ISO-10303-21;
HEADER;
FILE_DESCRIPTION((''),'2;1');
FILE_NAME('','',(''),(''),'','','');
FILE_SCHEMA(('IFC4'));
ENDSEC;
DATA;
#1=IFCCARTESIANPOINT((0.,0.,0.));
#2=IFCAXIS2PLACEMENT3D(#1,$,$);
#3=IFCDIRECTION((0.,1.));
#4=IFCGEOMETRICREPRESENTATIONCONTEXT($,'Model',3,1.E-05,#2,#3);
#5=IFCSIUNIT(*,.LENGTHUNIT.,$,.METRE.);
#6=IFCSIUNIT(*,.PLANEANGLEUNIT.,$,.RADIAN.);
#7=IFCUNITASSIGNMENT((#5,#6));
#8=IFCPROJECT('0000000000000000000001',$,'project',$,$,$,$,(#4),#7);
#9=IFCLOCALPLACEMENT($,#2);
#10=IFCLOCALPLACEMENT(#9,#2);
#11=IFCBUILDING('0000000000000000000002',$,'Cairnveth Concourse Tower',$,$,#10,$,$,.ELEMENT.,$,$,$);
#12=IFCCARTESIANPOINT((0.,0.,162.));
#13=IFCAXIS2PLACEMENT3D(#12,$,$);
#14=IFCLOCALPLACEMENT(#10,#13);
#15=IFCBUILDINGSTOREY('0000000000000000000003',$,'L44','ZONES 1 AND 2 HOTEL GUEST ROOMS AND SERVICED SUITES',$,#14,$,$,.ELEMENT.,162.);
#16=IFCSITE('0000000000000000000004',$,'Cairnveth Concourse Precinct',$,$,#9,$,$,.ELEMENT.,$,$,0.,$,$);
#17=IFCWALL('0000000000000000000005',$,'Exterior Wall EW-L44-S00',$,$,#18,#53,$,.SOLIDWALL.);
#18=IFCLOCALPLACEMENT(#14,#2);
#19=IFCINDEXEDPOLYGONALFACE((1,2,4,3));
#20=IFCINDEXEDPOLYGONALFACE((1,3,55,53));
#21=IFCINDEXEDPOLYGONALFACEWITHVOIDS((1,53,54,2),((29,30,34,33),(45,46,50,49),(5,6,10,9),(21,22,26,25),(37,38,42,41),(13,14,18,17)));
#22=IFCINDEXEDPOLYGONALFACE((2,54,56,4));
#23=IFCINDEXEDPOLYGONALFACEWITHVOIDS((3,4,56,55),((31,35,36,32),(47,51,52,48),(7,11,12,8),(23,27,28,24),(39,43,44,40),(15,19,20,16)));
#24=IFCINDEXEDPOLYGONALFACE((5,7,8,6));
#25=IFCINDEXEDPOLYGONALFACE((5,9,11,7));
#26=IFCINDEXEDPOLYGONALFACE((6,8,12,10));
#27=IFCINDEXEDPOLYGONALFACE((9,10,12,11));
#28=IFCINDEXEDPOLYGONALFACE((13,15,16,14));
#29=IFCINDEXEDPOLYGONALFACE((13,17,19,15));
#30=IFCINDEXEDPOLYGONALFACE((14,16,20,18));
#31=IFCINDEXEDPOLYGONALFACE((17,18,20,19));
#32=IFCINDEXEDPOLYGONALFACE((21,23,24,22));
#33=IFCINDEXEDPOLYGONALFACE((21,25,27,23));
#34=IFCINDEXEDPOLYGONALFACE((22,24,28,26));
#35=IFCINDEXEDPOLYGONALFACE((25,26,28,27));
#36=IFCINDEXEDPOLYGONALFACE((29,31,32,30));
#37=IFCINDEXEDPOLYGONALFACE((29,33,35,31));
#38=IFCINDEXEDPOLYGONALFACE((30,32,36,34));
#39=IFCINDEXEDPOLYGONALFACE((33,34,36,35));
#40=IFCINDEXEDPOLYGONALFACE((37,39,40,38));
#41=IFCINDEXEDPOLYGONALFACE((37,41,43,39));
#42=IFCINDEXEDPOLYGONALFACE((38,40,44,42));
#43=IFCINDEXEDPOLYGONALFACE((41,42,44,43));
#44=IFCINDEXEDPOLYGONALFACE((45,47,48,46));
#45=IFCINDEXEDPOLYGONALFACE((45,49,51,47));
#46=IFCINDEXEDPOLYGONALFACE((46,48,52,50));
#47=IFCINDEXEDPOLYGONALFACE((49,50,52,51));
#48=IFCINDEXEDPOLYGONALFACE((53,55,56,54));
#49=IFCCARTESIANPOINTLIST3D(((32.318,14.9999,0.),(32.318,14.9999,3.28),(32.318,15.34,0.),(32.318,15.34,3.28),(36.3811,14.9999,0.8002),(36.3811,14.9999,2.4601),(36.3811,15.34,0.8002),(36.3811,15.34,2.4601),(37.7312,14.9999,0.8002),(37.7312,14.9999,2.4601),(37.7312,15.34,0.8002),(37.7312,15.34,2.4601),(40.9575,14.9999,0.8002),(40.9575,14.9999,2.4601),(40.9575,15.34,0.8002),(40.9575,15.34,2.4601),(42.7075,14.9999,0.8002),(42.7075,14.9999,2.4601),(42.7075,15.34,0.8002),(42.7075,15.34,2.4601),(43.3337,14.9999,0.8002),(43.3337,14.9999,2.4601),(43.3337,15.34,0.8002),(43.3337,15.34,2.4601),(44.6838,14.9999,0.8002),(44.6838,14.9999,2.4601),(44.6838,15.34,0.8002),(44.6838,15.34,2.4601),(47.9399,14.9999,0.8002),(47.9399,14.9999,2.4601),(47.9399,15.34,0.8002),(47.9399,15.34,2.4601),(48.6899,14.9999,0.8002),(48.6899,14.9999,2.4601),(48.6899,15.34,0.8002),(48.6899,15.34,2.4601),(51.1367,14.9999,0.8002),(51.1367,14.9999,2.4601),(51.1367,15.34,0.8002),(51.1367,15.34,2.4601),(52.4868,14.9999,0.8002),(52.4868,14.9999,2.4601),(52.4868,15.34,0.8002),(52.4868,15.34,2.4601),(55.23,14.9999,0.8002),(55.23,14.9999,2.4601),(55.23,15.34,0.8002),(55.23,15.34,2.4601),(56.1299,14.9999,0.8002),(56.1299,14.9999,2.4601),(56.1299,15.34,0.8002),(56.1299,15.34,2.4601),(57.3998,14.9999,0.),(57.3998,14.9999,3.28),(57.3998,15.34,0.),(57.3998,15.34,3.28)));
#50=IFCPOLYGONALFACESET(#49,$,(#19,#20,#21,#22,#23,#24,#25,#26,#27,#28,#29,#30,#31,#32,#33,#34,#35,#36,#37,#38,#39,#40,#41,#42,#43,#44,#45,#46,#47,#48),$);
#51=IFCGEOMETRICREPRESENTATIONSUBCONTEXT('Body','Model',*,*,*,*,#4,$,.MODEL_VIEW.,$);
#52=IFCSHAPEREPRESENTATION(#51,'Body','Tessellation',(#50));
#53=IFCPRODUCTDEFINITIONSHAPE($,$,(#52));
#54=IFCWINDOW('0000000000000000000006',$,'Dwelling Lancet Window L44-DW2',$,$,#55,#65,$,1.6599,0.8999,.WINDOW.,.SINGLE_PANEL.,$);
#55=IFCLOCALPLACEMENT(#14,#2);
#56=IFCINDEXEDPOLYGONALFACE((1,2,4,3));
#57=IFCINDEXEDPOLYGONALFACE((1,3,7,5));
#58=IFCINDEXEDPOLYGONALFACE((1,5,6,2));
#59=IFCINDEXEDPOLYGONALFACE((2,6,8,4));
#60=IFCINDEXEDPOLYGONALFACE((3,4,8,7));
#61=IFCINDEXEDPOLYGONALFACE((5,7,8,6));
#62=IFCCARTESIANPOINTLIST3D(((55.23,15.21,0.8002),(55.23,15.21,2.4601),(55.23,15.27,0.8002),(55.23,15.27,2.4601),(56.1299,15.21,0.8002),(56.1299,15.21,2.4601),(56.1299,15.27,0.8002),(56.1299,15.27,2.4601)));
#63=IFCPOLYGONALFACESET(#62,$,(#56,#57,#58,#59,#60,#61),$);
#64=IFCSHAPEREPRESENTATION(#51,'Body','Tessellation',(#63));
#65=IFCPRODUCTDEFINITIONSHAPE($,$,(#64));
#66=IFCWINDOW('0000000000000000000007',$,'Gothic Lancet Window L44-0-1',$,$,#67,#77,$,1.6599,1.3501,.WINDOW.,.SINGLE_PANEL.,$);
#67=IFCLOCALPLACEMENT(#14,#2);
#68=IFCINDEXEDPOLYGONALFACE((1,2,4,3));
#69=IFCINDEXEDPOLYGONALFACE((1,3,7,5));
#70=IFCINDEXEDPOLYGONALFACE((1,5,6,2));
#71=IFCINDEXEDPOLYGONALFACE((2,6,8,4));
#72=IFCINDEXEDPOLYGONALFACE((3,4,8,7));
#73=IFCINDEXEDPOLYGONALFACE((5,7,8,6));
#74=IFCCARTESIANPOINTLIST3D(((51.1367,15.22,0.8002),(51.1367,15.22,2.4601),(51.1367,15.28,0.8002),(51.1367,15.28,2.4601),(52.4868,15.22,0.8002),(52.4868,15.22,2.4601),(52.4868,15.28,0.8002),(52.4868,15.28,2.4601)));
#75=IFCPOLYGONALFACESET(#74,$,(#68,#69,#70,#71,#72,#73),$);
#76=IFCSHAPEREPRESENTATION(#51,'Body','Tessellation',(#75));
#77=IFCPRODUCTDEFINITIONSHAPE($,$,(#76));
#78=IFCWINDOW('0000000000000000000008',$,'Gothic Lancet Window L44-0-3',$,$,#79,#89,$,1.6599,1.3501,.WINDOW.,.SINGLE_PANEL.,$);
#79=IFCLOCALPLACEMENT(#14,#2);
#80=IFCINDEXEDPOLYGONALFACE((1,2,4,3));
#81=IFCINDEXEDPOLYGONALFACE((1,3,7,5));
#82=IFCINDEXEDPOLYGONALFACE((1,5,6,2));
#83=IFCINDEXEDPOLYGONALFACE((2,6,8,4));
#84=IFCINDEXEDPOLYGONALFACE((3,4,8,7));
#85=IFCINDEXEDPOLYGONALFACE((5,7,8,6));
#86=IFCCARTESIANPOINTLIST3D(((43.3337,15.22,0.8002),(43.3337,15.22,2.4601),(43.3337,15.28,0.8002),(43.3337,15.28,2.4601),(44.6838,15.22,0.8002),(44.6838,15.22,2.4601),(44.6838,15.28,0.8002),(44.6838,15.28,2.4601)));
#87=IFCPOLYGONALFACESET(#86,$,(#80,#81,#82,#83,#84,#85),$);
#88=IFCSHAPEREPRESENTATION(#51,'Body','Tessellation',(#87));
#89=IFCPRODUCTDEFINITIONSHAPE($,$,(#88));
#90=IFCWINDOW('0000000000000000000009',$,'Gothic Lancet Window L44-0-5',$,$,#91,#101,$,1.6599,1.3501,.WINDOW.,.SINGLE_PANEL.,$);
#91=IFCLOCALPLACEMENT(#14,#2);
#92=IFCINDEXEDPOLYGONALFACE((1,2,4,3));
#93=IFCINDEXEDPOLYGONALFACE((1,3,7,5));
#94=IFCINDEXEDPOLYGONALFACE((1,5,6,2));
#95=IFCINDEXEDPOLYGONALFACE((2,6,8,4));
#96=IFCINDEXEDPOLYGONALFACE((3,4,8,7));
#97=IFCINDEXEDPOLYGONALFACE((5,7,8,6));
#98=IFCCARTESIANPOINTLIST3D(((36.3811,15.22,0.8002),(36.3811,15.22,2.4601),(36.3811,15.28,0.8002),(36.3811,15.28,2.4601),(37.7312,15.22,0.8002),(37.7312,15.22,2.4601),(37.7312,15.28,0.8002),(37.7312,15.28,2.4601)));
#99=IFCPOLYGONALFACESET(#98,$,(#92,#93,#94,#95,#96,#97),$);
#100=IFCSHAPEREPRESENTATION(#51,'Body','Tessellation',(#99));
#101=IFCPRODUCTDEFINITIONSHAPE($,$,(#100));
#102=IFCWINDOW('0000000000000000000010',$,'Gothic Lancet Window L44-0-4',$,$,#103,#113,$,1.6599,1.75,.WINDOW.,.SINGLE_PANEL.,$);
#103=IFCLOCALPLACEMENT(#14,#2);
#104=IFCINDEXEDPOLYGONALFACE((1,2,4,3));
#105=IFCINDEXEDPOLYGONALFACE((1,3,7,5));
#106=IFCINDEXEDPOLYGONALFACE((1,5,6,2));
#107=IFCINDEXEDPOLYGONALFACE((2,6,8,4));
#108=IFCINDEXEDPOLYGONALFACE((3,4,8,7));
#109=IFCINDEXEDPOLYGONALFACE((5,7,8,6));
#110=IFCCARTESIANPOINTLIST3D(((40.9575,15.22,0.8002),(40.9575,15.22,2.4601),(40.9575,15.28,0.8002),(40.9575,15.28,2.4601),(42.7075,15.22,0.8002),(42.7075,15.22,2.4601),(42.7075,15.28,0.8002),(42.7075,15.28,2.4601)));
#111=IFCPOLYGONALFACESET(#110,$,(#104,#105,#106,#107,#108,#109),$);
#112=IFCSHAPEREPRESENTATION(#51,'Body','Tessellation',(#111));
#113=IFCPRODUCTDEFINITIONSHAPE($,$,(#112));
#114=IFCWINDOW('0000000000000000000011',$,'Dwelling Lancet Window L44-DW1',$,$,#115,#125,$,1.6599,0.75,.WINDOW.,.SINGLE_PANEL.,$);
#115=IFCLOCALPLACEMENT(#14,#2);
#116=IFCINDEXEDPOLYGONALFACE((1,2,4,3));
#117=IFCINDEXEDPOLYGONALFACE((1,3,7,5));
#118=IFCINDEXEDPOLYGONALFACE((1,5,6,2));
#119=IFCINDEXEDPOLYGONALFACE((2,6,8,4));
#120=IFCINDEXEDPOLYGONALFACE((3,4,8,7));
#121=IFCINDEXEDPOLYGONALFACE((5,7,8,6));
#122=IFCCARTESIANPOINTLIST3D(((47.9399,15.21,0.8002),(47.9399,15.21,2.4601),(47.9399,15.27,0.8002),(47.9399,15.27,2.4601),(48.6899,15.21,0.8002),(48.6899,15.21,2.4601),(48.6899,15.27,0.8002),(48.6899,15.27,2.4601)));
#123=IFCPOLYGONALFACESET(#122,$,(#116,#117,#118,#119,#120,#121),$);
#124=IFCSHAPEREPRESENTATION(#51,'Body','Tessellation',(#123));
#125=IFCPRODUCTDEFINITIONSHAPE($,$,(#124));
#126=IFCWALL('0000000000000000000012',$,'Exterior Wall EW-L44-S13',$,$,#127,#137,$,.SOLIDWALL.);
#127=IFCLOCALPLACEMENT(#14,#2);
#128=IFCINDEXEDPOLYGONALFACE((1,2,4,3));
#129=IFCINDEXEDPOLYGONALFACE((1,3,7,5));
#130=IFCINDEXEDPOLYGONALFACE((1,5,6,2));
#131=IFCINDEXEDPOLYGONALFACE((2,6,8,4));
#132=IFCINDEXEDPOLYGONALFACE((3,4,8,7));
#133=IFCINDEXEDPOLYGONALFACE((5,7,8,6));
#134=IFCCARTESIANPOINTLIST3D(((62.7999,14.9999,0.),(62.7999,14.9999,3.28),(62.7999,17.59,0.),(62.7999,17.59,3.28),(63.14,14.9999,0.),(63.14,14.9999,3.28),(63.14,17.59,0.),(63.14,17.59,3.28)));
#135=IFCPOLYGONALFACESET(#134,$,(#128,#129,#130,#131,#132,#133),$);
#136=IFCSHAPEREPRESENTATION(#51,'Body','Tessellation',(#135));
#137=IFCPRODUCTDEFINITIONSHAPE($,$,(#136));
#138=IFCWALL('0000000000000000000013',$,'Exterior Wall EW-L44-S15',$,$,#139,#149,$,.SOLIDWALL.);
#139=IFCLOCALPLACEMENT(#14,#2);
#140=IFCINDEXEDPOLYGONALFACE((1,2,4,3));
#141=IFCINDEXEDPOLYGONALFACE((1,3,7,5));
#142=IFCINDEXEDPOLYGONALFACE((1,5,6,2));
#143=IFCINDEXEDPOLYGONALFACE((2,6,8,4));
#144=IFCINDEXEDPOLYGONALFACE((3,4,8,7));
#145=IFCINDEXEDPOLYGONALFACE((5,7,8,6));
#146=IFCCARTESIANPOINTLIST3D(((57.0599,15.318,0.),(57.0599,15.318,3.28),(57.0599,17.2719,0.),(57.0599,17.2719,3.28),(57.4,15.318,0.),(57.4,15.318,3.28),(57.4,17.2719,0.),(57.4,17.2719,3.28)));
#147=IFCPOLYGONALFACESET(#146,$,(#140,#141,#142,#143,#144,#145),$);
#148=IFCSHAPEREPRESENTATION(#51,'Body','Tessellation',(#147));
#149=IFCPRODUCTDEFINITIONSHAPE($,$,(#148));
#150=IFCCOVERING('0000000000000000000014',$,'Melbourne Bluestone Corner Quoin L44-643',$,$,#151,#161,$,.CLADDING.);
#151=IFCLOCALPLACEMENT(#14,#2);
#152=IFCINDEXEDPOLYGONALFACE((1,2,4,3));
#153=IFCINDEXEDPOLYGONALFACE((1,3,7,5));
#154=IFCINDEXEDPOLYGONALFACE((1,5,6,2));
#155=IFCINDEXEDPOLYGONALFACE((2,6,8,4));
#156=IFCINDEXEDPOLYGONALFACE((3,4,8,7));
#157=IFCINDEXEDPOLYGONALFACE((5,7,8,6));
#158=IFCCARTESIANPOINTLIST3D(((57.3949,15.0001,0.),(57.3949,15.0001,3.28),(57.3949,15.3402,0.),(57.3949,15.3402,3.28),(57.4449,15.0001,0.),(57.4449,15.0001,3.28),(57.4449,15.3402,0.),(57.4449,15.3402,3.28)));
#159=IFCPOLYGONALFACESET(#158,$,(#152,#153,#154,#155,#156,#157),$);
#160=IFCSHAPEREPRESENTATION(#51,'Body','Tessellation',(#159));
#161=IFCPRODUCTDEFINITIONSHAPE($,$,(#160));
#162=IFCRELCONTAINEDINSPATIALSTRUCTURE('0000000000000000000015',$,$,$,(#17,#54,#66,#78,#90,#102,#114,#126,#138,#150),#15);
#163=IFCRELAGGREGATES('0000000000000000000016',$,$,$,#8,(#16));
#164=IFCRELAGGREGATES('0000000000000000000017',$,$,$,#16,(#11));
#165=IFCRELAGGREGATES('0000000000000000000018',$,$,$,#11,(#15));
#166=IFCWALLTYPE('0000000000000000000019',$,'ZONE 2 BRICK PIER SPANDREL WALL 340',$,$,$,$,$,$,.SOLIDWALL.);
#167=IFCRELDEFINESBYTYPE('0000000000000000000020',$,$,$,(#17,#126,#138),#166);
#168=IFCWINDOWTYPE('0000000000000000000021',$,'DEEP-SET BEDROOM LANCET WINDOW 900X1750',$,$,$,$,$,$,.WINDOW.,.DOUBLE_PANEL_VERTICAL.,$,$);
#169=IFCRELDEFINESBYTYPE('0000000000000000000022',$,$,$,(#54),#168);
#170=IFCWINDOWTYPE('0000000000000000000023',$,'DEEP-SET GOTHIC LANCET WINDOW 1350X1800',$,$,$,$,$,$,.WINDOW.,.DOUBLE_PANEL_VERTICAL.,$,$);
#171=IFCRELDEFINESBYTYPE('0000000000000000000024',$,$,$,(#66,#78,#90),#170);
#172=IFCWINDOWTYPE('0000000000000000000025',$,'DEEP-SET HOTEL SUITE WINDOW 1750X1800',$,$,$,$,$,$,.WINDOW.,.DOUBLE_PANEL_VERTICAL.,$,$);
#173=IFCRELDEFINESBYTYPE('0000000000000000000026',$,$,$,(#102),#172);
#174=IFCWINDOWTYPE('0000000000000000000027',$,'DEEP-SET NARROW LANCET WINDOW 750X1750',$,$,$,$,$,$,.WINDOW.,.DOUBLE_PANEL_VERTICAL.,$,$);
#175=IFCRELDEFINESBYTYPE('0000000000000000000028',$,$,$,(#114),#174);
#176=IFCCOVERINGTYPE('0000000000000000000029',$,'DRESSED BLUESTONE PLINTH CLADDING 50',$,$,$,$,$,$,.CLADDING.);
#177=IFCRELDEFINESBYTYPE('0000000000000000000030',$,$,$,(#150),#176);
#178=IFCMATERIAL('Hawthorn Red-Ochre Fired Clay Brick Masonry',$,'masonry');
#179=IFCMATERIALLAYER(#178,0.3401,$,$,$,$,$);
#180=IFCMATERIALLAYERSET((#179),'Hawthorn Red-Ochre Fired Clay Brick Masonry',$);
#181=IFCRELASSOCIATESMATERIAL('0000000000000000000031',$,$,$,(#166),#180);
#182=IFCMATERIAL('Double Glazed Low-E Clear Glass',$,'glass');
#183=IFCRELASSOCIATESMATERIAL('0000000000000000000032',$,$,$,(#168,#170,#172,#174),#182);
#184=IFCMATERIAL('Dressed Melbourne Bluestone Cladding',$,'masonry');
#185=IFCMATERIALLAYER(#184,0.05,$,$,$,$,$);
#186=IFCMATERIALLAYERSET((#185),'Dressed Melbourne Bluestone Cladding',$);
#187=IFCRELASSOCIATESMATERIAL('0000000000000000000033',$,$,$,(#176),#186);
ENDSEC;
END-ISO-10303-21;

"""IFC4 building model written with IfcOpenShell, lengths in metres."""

from ifc_helpers import new_model, si_unit, direction, frame, frame_2d, origin, place, context, subcontext, project, spatial, rectangle, extrude, material, layer, layer_set, type_object, element, fill, save


model = new_model("IFC4")

# Units and contexts
model_context = context("Model", 3, precision=1e-05, world=origin(), true_north=direction((0.0, 1.0)))
body_context = subcontext(model_context, "Body", "Model", "MODEL_VIEW")
ifc_project = project(units=[si_unit("LENGTHUNIT", "METRE"), si_unit("PLANEANGLEUNIT", "RADIAN")], contexts=[model_context])

# Site, building, storey
site_placement = place(None, origin())
site = spatial("IfcSite", under=ifc_project, at=site_placement, Name="Cairnveth Concourse Precinct", CompositionType="ELEMENT", RefElevation=0.0)
building_placement = place(site_placement, origin())
building = spatial("IfcBuilding", under=site, at=building_placement, Name="Cairnveth Concourse Tower", CompositionType="ELEMENT")
storey_placement = place(building_placement, frame((0.0, 0.0, 162.0)))
storey = spatial("IfcBuildingStorey", under=building, at=storey_placement, Name="L44", Description="ZONES 1 AND 2 HOTEL GUEST ROOMS AND SERVICED SUITES", CompositionType="ELEMENT", Elevation=162.0)

# Shared definitions
ifc_material_1 = material(Name="Dressed Melbourne Bluestone Cladding", Category="masonry")

# Wall, openings, windows
ifc_material_2 = material(Name="Hawthorn Red-Ochre Fired Clay Brick Masonry", Category="masonry")
ifc_layer_1 = layer(ifc_material_2, 0.3401)
ifc_layer_set_1 = layer_set([ifc_layer_1], Name="Hawthorn Red-Ochre Fired Clay Brick Masonry")
wall_type_1 = type_object("IfcWallType", Name="ZONE 2 BRICK PIER SPANDREL WALL 340", PredefinedType="SOLIDWALL", material=ifc_layer_set_1)
wall_1_placement = place(storey_placement, frame((57.3999, 15.1699, 0.0), z_axis=(0.0, 0.0, 1.0), x_axis=(-1.0, 0.0, 0.0)))
wall_1 = element("IfcWall", 1, at=wall_1_placement, inside=storey, type_object=wall_type_1, Name="Exterior Wall EW-L44-S00", PredefinedType="SOLIDWALL", context=body_context, shape_type="SweptSolid", body=[
    extrude(rectangle(XDim=25.0818, YDim=0.3401, at=frame_2d((12.541, 0.0))), origin(), (0.0, 0.0, 1.0), 3.28),
])
opening_1_placement = place(wall_1_placement, frame((4.9131, 0.0, 0.8)))
opening_1 = element("IfcOpeningElement", 2, at=opening_1_placement, cuts=wall_1, PredefinedType="OPENING", context=body_context, shape_type="SweptSolid", body=[
    extrude(rectangle(XDim=1.3501, YDim=1.6599, at=frame_2d((0.675, 0.8301))), frame((0.0, 0.1799, 0.0), z_axis=(0.0, -1.0, 0.0), x_axis=(1.0, 0.0, 0.0)), (0.0, 0.0, 1.0), 0.3601),
])
opening_2_placement = place(wall_1_placement, frame((12.7161, 0.0, 0.8)))
opening_2 = element("IfcOpeningElement", 3, at=opening_2_placement, cuts=wall_1, PredefinedType="OPENING", context=body_context, shape_type="SweptSolid", body=[
    extrude(rectangle(XDim=1.3501, YDim=1.6599, at=frame_2d((0.675, 0.8301))), frame((0.0, 0.1799, 0.0), z_axis=(0.0, -1.0, 0.0), x_axis=(1.0, 0.0, 0.0)), (0.0, 0.0, 1.0), 0.3601),
])
opening_3_placement = place(wall_1_placement, frame((14.6924, 0.0, 0.8)))
opening_3 = element("IfcOpeningElement", 4, at=opening_3_placement, cuts=wall_1, PredefinedType="OPENING", context=body_context, shape_type="SweptSolid", body=[
    extrude(rectangle(XDim=1.75, YDim=1.6599, at=frame_2d((0.875, 0.8301))), frame((0.0, 0.1799, 0.0), z_axis=(0.0, -1.0, 0.0), x_axis=(1.0, 0.0, 0.0)), (0.0, 0.0, 1.0), 0.3601),
])
opening_4_placement = place(wall_1_placement, frame((19.6687, 0.0, 0.8)))
opening_4 = element("IfcOpeningElement", 5, at=opening_4_placement, cuts=wall_1, PredefinedType="OPENING", context=body_context, shape_type="SweptSolid", body=[
    extrude(rectangle(XDim=1.3501, YDim=1.6599, at=frame_2d((0.675, 0.8301))), frame((0.0, 0.1799, 0.0), z_axis=(0.0, -1.0, 0.0), x_axis=(1.0, 0.0, 0.0)), (0.0, 0.0, 1.0), 0.3601),
])
opening_5_placement = place(wall_1_placement, frame((8.71, 0.0, 0.8)))
opening_5 = element("IfcOpeningElement", 6, at=opening_5_placement, cuts=wall_1, PredefinedType="OPENING", context=body_context, shape_type="SweptSolid", body=[
    extrude(rectangle(XDim=0.75, YDim=1.6599, at=frame_2d((0.375, 0.8301))), frame((0.0, 0.1799, 0.0), z_axis=(0.0, -1.0, 0.0), x_axis=(1.0, 0.0, 0.0)), (0.0, 0.0, 1.0), 0.3601),
])
opening_6_placement = place(wall_1_placement, frame((1.27, 0.0, 0.8)))
opening_6 = element("IfcOpeningElement", 7, at=opening_6_placement, cuts=wall_1, PredefinedType="OPENING", context=body_context, shape_type="SweptSolid", body=[
    extrude(rectangle(XDim=0.8999, YDim=1.6599, at=frame_2d((0.45, 0.8301))), frame((0.0, 0.1799, 0.0), z_axis=(0.0, -1.0, 0.0), x_axis=(1.0, 0.0, 0.0)), (0.0, 0.0, 1.0), 0.3601),
])
ifc_material_3 = material(Name="Double Glazed Low-E Clear Glass", Category="glass")
window_type_1 = type_object("IfcWindowType", Name="DEEP-SET BEDROOM LANCET WINDOW 900X1750", PartitioningType="DOUBLE_PANEL_VERTICAL", PredefinedType="WINDOW", material=ifc_material_3)
window_1_placement = place(opening_6_placement, origin())
window_1 = element("IfcWindow", 8, at=window_1_placement, inside=storey, type_object=window_type_1, Name="Dwelling Lancet Window L44-DW2", OverallHeight=1.6599, OverallWidth=0.8999, PartitioningType="SINGLE_PANEL", PredefinedType="WINDOW", context=body_context, shape_type="SweptSolid", body=[
    extrude(rectangle(XDim=0.8999, YDim=1.6599, at=frame_2d((0.45, 0.8301))), frame((0.0, -0.04, 0.0), z_axis=(0.0, -1.0, 0.0), x_axis=(1.0, 0.0, 0.0)), (0.0, 0.0, 1.0), 0.0601),
])
fill(opening_6, window_1)
window_type_2 = type_object("IfcWindowType", Name="DEEP-SET GOTHIC LANCET WINDOW 1350X1800", PartitioningType="DOUBLE_PANEL_VERTICAL", PredefinedType="WINDOW", material=ifc_material_3)
window_2_placement = place(opening_1_placement, origin())
window_2 = element("IfcWindow", 9, at=window_2_placement, inside=storey, type_object=window_type_2, Name="Gothic Lancet Window L44-0-1", OverallHeight=1.6599, OverallWidth=1.3501, PartitioningType="SINGLE_PANEL", PredefinedType="WINDOW", context=body_context, shape_type="SweptSolid", body=[
    extrude(rectangle(XDim=1.3501, YDim=1.6599, at=frame_2d((0.675, 0.8301))), frame((0.0, -0.05, 0.0), z_axis=(0.0, -1.0, 0.0), x_axis=(1.0, 0.0, 0.0)), (0.0, 0.0, 1.0), 0.0601),
])
fill(opening_1, window_2)
window_3_placement = place(opening_2_placement, origin())
window_3 = element("IfcWindow", 10, at=window_3_placement, inside=storey, type_object=window_type_2, Name="Gothic Lancet Window L44-0-3", OverallHeight=1.6599, OverallWidth=1.3501, PartitioningType="SINGLE_PANEL", PredefinedType="WINDOW", context=body_context, shape_type="SweptSolid", body=[
    extrude(rectangle(XDim=1.3501, YDim=1.6599, at=frame_2d((0.675, 0.8301))), frame((0.0, -0.05, 0.0), z_axis=(0.0, -1.0, 0.0), x_axis=(1.0, 0.0, 0.0)), (0.0, 0.0, 1.0), 0.0601),
])
fill(opening_2, window_3)
window_4_placement = place(opening_4_placement, origin())
window_4 = element("IfcWindow", 11, at=window_4_placement, inside=storey, type_object=window_type_2, Name="Gothic Lancet Window L44-0-5", OverallHeight=1.6599, OverallWidth=1.3501, PartitioningType="SINGLE_PANEL", PredefinedType="WINDOW", context=body_context, shape_type="SweptSolid", body=[
    extrude(rectangle(XDim=1.3501, YDim=1.6599, at=frame_2d((0.675, 0.8301))), frame((0.0, -0.05, 0.0), z_axis=(0.0, -1.0, 0.0), x_axis=(1.0, 0.0, 0.0)), (0.0, 0.0, 1.0), 0.0601),
])
fill(opening_4, window_4)
window_type_3 = type_object("IfcWindowType", Name="DEEP-SET HOTEL SUITE WINDOW 1750X1800", PartitioningType="DOUBLE_PANEL_VERTICAL", PredefinedType="WINDOW", material=ifc_material_3)
window_5_placement = place(opening_3_placement, origin())
window_5 = element("IfcWindow", 12, at=window_5_placement, inside=storey, type_object=window_type_3, Name="Gothic Lancet Window L44-0-4", OverallHeight=1.6599, OverallWidth=1.75, PartitioningType="SINGLE_PANEL", PredefinedType="WINDOW", context=body_context, shape_type="SweptSolid", body=[
    extrude(rectangle(XDim=1.75, YDim=1.6599, at=frame_2d((0.875, 0.8301))), frame((0.0, -0.05, 0.0), z_axis=(0.0, -1.0, 0.0), x_axis=(1.0, 0.0, 0.0)), (0.0, 0.0, 1.0), 0.0601),
])
fill(opening_3, window_5)
window_type_4 = type_object("IfcWindowType", Name="DEEP-SET NARROW LANCET WINDOW 750X1750", PartitioningType="DOUBLE_PANEL_VERTICAL", PredefinedType="WINDOW", material=ifc_material_3)
window_6_placement = place(opening_5_placement, origin())
window_6 = element("IfcWindow", 13, at=window_6_placement, inside=storey, type_object=window_type_4, Name="Dwelling Lancet Window L44-DW1", OverallHeight=1.6599, OverallWidth=0.75, PartitioningType="SINGLE_PANEL", PredefinedType="WINDOW", context=body_context, shape_type="SweptSolid", body=[
    extrude(rectangle(XDim=0.75, YDim=1.6599, at=frame_2d((0.375, 0.8301))), frame((0.0, -0.04, 0.0), z_axis=(0.0, -1.0, 0.0), x_axis=(1.0, 0.0, 0.0)), (0.0, 0.0, 1.0), 0.0601),
])
fill(opening_5, window_6)

# Wall
wall_2_placement = place(storey_placement, frame((62.97, 15.0, 0.0), z_axis=(0.0, 0.0, 1.0), x_axis=(0.0, 1.0, 0.0)))
element("IfcWall", 14, at=wall_2_placement, inside=storey, type_object=wall_type_1, Name="Exterior Wall EW-L44-S13", PredefinedType="SOLIDWALL", context=body_context, shape_type="SweptSolid", body=[
    extrude(rectangle(XDim=2.5901, YDim=0.3401, at=frame_2d((1.2949, 0.0))), origin(), (0.0, 0.0, 1.0), 3.28),
])

# Wall
wall_3_placement = place(storey_placement, frame((57.23, 17.272, 0.0), z_axis=(0.0, 0.0, 1.0), x_axis=(0.0, -1.0, 0.0)))
element("IfcWall", 15, at=wall_3_placement, inside=storey, type_object=wall_type_1, Name="Exterior Wall EW-L44-S15", PredefinedType="SOLIDWALL", context=body_context, shape_type="SweptSolid", body=[
    extrude(rectangle(XDim=1.9539, YDim=0.3401, at=frame_2d((0.9771, 0.0))), origin(), (0.0, 0.0, 1.0), 3.28),
])

# Covering
ifc_layer_2 = layer(ifc_material_1, 0.05)
ifc_layer_set_2 = layer_set([ifc_layer_2], Name="Dressed Melbourne Bluestone Cladding")
covering_type = type_object("IfcCoveringType", Name="DRESSED BLUESTONE PLINTH CLADDING 50", PredefinedType="CLADDING", material=ifc_layer_set_2)
covering_1_placement = place(storey_placement, frame((57.4199, 15.3401, 0.0), z_axis=(0.0, 0.0, 1.0), x_axis=(0.0, -1.0, 0.0)))
element("IfcCovering", 16, at=covering_1_placement, inside=storey, type_object=covering_type, Name="Melbourne Bluestone Corner Quoin L44-643", PredefinedType="CLADDING", context=body_context, shape_type="SweptSolid", body=[
    extrude(rectangle(XDim=0.3401, YDim=0.05, at=frame_2d((0.1699, 0.0))), origin(), (0.0, 0.0, 1.0), 3.28),
])

save(model, "model.ifc")
